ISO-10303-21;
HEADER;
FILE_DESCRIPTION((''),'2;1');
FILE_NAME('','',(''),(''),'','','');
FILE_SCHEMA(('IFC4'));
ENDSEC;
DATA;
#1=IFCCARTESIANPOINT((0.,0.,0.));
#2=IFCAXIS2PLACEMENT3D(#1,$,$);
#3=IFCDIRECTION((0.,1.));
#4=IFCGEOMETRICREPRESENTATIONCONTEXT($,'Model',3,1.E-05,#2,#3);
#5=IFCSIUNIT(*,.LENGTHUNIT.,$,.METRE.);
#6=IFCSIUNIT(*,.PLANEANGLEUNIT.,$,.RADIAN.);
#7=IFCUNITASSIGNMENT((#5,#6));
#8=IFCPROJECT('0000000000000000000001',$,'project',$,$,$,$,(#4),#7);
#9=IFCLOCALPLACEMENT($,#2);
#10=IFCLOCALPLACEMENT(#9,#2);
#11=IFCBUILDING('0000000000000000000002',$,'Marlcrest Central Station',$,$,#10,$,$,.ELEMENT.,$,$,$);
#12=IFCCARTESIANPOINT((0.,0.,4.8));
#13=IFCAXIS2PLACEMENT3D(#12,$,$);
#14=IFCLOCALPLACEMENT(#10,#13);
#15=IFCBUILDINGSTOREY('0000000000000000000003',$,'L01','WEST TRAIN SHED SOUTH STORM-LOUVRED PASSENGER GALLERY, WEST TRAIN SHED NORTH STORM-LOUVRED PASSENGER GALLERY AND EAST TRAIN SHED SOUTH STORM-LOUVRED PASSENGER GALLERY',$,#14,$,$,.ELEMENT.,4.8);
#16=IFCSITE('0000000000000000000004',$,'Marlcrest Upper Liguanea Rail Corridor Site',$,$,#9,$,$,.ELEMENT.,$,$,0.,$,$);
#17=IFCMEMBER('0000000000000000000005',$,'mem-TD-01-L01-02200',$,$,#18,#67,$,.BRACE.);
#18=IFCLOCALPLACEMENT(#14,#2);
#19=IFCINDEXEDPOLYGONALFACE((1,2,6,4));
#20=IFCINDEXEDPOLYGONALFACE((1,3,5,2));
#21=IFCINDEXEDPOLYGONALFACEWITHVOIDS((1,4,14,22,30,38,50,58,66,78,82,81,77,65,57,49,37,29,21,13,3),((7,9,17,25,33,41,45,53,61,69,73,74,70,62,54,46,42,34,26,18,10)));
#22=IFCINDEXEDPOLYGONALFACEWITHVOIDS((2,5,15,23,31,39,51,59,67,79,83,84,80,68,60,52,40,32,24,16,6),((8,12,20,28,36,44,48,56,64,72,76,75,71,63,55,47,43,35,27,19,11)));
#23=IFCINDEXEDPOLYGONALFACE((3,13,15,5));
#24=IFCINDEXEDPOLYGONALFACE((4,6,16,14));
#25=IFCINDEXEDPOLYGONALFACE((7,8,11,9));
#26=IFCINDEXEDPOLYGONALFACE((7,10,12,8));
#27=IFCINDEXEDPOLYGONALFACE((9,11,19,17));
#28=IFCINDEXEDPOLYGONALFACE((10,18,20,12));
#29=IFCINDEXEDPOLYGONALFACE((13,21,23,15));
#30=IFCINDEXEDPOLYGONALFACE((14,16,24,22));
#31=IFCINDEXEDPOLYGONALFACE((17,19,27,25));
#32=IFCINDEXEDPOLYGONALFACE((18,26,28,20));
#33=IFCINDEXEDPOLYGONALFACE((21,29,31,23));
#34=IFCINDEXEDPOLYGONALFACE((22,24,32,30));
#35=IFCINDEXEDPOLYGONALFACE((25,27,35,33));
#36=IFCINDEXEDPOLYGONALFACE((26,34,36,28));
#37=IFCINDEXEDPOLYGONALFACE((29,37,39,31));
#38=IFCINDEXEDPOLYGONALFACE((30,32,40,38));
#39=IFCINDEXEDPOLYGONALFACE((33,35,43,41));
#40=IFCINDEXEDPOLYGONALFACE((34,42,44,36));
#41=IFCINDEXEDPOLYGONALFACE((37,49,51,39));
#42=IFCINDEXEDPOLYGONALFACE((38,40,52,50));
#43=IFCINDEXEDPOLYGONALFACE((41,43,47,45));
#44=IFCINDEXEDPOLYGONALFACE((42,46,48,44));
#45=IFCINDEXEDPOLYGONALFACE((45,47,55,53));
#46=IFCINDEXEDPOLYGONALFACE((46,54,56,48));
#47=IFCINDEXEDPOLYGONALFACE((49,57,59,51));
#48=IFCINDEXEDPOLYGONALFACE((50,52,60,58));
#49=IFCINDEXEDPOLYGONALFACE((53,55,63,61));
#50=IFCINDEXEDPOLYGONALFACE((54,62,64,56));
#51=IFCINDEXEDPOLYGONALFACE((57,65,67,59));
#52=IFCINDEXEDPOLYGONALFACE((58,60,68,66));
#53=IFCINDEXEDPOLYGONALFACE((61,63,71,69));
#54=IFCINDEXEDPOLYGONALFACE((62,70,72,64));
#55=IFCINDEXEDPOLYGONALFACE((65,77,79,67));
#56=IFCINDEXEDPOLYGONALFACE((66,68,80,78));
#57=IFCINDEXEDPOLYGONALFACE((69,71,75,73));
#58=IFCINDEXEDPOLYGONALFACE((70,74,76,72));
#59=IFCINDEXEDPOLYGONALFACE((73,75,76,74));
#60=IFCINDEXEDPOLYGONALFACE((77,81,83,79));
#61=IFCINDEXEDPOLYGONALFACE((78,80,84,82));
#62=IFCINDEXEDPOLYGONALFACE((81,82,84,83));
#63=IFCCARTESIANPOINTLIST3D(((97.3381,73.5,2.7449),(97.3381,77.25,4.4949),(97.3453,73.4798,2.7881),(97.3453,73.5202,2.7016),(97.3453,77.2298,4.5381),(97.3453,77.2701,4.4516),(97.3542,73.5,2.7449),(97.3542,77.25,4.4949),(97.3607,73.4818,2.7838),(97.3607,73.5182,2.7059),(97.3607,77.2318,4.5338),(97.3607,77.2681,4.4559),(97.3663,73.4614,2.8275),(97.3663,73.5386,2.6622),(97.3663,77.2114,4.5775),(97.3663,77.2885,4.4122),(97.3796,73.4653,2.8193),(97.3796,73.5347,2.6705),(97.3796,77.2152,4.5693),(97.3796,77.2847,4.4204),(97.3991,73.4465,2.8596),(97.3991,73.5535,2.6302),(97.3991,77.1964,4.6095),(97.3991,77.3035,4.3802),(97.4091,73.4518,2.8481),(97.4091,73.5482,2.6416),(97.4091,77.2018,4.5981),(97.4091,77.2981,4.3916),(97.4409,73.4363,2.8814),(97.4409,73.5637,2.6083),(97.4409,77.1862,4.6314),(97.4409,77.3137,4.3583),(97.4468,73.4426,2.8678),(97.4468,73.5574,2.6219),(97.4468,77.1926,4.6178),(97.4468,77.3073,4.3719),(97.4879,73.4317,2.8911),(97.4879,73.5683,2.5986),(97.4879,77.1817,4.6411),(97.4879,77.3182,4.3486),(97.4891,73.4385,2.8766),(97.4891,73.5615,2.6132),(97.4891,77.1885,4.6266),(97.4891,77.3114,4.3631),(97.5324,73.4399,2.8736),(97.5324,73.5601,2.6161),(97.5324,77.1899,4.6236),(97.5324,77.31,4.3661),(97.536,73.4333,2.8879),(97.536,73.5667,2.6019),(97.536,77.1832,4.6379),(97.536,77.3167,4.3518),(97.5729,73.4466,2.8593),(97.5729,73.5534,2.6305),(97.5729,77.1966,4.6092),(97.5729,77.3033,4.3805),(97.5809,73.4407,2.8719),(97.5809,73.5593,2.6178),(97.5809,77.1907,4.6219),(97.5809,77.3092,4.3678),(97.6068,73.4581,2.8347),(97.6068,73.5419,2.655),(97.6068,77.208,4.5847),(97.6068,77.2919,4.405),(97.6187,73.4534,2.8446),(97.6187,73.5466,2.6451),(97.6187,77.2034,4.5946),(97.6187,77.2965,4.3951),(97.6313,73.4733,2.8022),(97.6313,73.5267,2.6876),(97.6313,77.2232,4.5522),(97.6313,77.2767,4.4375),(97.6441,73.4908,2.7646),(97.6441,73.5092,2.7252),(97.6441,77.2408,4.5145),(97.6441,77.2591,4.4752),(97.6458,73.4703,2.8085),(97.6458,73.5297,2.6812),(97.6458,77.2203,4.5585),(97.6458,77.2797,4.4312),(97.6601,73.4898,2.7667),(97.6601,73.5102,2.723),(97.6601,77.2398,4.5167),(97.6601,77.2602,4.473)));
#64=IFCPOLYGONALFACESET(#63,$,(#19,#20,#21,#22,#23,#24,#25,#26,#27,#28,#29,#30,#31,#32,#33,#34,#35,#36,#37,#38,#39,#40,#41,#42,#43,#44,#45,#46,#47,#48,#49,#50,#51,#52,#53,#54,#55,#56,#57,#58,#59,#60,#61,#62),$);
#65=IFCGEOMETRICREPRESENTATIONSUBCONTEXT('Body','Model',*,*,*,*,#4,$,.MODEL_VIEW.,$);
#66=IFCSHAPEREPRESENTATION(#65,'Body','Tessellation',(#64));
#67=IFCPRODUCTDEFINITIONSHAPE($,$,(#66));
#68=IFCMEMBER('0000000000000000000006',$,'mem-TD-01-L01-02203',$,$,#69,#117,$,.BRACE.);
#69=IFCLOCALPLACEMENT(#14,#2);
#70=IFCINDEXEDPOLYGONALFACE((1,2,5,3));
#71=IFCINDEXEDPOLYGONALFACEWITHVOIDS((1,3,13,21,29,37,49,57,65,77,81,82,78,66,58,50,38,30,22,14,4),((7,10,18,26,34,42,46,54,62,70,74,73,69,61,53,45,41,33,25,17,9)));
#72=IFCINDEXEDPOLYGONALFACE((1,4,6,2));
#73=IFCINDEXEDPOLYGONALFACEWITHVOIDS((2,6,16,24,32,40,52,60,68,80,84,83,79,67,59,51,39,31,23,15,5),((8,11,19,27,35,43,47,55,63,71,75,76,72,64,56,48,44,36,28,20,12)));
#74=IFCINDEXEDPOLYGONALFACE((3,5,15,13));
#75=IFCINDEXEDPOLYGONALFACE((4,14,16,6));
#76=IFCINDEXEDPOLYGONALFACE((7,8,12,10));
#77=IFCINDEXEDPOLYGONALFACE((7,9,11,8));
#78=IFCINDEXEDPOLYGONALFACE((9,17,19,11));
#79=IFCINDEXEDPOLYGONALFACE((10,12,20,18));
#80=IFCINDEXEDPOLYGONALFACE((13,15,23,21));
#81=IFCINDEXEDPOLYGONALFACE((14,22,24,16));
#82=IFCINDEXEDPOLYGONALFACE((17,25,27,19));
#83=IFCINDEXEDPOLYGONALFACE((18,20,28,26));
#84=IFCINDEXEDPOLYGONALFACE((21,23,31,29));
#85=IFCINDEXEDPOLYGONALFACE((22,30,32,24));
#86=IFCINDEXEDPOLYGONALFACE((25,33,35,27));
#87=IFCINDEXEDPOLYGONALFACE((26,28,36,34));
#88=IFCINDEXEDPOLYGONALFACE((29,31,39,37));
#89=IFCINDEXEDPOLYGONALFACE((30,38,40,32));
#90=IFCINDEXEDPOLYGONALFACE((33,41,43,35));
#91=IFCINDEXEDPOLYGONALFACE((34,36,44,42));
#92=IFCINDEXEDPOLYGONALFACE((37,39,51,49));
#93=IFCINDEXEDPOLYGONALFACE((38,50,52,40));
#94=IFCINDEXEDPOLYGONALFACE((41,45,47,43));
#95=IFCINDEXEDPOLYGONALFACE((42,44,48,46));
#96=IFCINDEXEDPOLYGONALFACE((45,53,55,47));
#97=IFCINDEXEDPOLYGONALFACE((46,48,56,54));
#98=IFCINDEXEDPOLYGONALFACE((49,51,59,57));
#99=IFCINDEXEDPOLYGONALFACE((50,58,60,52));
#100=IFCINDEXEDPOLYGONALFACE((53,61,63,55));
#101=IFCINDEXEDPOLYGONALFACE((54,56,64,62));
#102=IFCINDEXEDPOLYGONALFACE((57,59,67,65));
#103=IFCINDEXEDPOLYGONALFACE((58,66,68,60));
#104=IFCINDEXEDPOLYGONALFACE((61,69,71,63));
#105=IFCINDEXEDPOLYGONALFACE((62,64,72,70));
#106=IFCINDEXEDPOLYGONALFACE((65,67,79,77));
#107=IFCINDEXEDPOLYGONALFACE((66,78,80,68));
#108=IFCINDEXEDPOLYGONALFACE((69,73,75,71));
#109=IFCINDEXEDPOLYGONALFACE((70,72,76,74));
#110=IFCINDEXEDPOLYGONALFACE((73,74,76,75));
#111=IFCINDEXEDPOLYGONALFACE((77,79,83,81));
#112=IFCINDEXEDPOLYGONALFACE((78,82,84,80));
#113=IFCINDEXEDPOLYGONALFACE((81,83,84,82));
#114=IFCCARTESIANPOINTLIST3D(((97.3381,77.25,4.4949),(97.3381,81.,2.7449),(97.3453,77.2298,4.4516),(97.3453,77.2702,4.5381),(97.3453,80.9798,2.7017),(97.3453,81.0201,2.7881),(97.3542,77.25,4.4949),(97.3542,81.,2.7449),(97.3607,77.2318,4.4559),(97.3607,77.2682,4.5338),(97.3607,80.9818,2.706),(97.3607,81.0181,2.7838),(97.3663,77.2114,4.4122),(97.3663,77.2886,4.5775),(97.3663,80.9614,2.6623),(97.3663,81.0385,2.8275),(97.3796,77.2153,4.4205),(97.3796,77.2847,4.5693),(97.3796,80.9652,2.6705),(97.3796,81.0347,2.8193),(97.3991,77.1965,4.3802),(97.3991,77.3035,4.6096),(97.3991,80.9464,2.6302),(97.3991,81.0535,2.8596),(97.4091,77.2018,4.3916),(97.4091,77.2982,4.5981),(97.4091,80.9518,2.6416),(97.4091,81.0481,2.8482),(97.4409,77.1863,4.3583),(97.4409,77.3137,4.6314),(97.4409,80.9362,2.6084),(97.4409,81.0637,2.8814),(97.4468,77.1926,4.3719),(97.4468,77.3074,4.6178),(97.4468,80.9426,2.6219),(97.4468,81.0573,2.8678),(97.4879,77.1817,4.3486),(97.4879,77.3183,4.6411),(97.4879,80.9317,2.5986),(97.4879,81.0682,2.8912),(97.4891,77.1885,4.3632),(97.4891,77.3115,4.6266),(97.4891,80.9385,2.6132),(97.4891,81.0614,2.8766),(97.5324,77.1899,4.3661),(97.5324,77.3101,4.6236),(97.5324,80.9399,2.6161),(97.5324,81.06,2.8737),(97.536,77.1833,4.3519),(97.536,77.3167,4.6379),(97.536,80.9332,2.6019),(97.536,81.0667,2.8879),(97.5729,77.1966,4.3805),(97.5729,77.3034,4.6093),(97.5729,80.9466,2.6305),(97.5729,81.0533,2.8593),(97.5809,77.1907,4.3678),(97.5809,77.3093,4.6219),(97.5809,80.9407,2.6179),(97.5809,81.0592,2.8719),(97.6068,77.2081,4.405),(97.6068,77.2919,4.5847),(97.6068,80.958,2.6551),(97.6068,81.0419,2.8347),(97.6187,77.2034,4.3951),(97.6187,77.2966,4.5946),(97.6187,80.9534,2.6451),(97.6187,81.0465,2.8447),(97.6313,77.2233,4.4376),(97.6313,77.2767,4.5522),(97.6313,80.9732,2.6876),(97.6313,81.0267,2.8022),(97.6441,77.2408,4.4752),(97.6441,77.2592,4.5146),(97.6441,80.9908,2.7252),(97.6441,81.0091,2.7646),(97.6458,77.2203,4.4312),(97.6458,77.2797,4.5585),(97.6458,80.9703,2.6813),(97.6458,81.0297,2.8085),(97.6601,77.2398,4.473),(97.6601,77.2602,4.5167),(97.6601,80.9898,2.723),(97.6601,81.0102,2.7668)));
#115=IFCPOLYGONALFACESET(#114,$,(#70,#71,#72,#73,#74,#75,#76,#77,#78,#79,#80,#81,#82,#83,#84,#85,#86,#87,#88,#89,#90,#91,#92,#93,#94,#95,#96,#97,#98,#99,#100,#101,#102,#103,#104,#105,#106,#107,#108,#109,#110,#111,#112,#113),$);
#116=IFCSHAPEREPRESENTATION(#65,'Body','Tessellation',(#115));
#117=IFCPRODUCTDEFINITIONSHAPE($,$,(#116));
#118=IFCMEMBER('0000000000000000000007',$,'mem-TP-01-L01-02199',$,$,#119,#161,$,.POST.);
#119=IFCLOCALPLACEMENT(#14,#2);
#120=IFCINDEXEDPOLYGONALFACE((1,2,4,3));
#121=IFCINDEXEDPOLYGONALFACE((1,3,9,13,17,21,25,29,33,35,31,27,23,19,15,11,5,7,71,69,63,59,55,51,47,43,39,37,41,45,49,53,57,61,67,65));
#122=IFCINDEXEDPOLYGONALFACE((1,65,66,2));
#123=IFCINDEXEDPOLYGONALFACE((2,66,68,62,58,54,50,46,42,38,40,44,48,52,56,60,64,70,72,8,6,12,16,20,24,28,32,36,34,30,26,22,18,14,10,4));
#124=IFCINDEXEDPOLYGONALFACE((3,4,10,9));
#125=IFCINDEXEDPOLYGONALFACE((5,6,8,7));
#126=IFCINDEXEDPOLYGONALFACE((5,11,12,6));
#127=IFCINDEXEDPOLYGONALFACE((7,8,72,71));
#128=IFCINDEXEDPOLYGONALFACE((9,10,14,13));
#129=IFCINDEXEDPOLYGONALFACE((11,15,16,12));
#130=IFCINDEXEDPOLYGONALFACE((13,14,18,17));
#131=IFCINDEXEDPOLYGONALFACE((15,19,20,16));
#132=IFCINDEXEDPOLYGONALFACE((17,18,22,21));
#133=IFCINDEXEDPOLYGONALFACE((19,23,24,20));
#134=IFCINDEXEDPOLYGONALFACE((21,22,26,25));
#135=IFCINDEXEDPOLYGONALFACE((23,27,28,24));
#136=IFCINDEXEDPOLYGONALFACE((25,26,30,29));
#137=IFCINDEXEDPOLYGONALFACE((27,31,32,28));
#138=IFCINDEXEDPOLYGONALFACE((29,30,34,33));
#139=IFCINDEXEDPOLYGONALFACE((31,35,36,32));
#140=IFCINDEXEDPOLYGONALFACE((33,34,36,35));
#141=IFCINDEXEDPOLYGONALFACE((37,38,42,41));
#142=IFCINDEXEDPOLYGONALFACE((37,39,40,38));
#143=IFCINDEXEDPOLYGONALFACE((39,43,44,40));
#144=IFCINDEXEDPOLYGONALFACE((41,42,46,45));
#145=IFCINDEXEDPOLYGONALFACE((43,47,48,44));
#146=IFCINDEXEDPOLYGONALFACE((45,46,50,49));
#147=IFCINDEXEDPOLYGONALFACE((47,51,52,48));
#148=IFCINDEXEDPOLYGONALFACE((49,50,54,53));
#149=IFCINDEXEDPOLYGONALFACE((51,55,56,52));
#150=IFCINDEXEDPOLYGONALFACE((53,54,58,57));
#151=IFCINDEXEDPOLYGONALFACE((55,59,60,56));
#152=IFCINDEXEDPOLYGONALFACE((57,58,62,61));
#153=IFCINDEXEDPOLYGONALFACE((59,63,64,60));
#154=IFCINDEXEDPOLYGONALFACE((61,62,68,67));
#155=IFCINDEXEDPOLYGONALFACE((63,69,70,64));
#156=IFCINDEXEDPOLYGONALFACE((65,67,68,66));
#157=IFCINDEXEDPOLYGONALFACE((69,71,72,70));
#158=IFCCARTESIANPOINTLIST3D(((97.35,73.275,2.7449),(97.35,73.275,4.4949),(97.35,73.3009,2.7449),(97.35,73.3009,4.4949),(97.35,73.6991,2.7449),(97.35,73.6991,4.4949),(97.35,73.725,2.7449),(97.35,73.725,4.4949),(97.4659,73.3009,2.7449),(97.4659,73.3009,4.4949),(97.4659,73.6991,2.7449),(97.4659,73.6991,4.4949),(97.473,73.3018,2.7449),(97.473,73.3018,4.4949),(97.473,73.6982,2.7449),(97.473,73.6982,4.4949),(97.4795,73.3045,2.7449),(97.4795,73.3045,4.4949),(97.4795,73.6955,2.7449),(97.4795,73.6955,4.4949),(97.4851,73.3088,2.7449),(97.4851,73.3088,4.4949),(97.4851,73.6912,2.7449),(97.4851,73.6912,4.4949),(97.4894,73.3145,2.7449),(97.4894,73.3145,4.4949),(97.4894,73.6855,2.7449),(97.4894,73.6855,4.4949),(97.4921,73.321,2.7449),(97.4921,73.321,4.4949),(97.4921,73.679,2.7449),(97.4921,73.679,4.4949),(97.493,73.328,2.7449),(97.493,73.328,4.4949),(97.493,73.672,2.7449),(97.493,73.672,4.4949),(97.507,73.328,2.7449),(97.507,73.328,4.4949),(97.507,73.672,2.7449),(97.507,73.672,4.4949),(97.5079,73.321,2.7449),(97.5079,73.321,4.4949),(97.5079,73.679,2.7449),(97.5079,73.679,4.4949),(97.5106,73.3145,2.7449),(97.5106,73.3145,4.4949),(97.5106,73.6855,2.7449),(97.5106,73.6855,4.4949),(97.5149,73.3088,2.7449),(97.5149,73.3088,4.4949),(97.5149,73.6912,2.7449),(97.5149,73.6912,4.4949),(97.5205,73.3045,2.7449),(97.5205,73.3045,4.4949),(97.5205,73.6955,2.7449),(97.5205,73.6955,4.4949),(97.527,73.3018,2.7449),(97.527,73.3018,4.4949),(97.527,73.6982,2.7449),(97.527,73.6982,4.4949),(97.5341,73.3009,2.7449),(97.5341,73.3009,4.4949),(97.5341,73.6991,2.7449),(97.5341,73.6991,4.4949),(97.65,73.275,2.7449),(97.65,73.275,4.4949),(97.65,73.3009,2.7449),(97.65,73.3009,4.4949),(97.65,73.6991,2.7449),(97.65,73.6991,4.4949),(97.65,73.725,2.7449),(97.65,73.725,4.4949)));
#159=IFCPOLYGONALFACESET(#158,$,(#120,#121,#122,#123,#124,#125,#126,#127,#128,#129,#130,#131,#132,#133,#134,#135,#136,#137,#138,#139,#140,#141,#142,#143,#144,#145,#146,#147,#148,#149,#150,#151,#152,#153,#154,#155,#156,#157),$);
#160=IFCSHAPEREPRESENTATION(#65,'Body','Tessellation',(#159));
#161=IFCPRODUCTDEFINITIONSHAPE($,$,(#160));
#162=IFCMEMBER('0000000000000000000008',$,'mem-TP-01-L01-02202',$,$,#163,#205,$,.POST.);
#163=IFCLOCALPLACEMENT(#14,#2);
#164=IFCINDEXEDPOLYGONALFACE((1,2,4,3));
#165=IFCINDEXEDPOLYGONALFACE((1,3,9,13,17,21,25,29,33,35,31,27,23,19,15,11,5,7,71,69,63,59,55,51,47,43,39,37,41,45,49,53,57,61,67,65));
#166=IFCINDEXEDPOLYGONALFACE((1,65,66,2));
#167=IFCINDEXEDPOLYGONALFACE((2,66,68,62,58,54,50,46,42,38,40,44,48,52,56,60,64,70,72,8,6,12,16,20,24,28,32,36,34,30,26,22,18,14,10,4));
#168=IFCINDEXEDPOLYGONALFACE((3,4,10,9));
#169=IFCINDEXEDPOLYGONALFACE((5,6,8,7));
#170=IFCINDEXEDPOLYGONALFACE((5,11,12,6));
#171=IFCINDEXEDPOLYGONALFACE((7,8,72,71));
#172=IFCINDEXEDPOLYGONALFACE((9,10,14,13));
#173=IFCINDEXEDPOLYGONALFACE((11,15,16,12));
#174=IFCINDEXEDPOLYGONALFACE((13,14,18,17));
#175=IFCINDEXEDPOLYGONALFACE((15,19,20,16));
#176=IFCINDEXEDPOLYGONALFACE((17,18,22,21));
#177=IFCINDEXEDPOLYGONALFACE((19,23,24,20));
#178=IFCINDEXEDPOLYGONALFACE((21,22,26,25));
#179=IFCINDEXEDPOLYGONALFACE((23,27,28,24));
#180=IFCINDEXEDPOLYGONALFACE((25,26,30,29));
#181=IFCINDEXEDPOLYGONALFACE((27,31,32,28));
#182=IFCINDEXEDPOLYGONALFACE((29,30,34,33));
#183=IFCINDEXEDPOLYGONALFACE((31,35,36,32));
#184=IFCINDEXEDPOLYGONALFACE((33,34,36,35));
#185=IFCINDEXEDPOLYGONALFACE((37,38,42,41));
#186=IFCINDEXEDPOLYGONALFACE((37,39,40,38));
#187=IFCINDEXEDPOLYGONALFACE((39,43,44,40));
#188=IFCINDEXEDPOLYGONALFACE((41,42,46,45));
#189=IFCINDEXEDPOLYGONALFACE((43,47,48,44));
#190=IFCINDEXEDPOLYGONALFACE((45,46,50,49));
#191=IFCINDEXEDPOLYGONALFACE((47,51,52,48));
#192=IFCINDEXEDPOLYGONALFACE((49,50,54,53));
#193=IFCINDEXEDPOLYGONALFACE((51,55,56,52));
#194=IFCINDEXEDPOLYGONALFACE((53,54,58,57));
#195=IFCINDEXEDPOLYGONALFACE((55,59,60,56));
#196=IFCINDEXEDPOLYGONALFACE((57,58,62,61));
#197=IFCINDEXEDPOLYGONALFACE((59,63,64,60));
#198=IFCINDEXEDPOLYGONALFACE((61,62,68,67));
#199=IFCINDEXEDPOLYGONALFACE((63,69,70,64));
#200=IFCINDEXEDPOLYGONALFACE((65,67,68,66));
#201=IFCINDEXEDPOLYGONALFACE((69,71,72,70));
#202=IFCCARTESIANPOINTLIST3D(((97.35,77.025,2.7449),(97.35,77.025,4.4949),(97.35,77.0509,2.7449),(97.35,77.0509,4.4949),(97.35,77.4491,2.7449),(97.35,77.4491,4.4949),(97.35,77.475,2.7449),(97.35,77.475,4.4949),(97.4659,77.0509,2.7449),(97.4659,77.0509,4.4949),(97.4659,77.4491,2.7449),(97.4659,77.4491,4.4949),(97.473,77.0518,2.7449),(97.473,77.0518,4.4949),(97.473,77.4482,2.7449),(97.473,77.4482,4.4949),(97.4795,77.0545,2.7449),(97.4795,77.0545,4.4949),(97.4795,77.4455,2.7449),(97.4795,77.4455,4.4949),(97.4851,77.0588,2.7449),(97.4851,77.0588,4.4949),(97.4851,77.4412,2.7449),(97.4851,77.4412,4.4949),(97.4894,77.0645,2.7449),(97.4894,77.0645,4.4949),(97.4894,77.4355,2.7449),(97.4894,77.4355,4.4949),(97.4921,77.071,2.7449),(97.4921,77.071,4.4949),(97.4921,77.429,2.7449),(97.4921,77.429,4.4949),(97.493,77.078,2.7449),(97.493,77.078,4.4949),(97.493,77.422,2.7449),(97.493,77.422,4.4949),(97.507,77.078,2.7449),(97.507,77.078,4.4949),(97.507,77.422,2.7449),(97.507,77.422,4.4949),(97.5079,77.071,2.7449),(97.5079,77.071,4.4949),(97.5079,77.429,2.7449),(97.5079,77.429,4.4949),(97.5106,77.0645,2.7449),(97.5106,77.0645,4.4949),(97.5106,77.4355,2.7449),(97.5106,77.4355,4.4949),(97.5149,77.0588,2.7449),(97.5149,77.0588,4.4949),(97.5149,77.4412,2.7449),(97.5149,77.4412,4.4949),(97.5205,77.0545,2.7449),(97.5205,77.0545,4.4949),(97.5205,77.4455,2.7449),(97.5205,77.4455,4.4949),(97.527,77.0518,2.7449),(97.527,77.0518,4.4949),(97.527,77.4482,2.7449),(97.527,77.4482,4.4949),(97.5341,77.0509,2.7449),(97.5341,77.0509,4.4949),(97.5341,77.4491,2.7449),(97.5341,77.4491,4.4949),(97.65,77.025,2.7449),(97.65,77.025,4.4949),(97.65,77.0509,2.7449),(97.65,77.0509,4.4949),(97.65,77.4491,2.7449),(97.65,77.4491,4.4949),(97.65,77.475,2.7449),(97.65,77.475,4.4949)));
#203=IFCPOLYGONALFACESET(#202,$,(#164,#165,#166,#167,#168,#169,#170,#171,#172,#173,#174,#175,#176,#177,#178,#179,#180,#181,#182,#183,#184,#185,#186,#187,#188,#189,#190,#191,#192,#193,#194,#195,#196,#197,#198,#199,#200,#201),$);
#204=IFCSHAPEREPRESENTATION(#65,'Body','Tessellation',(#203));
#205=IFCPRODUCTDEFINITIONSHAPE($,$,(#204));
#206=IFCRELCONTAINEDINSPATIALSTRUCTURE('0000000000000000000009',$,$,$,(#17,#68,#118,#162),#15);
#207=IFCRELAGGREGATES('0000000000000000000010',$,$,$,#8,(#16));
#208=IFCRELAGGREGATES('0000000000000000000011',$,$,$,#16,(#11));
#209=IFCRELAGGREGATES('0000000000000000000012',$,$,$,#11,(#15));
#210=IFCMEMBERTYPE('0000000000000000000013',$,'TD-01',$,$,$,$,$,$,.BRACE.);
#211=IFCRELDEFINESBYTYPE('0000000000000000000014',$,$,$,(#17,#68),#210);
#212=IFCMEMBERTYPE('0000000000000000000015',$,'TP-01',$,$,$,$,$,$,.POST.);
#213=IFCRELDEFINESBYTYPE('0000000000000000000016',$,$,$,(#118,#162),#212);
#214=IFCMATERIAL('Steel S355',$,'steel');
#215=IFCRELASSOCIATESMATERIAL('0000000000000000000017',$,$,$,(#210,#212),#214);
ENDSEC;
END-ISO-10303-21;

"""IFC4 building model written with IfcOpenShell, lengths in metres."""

from ifc_helpers import new_model, si_unit, direction, frame, origin, origin_2d, place, context, subcontext, project, spatial, hollow_circle, i_section, extrude, material, material_profile, profile_set, type_object, element, save


model = new_model("IFC4")

# Units and contexts
model_context = context("Model", 3, precision=1e-05, world=origin(), true_north=direction((0.0, 1.0)))
body_context = subcontext(model_context, "Body", "Model", "MODEL_VIEW")
ifc_project = project(units=[si_unit("LENGTHUNIT", "METRE"), si_unit("PLANEANGLEUNIT", "RADIAN")], contexts=[model_context])

# Site, building, storey
site_placement = place(None, origin())
site = spatial("IfcSite", under=ifc_project, at=site_placement, Name="Marlcrest Upper Liguanea Rail Corridor Site", CompositionType="ELEMENT", RefElevation=0.0)
building_placement = place(site_placement, origin())
building = spatial("IfcBuilding", under=site, at=building_placement, Name="Marlcrest Central Station", CompositionType="ELEMENT")
storey_placement = place(building_placement, frame((0.0, 0.0, 4.8)))
storey = spatial("IfcBuildingStorey", under=building, at=storey_placement, Name="L01", Description="WEST TRAIN SHED SOUTH STORM-LOUVRED PASSENGER GALLERY, WEST TRAIN SHED NORTH STORM-LOUVRED PASSENGER GALLERY AND EAST TRAIN SHED SOUTH STORM-LOUVRED PASSENGER GALLERY", CompositionType="ELEMENT", Elevation=4.8)

# Shared definitions
ifc_material = material(Name="Steel S355", Category="steel")

# Members
ifc_material_profile_1 = material_profile(ifc_material, hollow_circle(Radius=0.1619, WallThickness=0.0161, at=origin_2d()), Name="CHS 323.9x16")
ifc_profile_set_1 = profile_set([ifc_material_profile_1], Name="Steel S355")
member_type_1 = type_object("IfcMemberType", Name="TD-01", PredefinedType="BRACE", material=ifc_profile_set_1)
for number, where, z_axis, x_axis, name in (
    (1, (97.5, 73.5, 2.7449), (0.0, 0.906183, 0.422885), (-1.0, 0.0, 0.0), "mem-TD-01-L01-02200"),
    (2, (97.5, 77.25, 4.4949), (0.0, 0.906183, -0.422885), (-1.0, 0.0, 0.0), "mem-TD-01-L01-02203"),
):
    element("IfcMember", number, at=place(storey_placement, frame(where, z_axis=z_axis, x_axis=x_axis)), inside=storey, type_object=member_type_1, Name=name, PredefinedType="BRACE", context=body_context, shape_type="SweptSolid", body=[
        extrude(hollow_circle(Radius=0.1619, WallThickness=0.0161, at=origin_2d()), origin(), (0.0, 0.0, 1.0), 4.1382),
    ])
ifc_material_profile_2 = material_profile(ifc_material, i_section(OverallWidth=0.3, OverallDepth=0.45, WebThickness=0.0139, FlangeThickness=0.0259, FilletRadius=0.0271, at=origin_2d()), Name="HEB 450")
ifc_profile_set_2 = profile_set([ifc_material_profile_2], Name="Steel S355")
member_type_2 = type_object("IfcMemberType", Name="TP-01", PredefinedType="POST", material=ifc_profile_set_2)
for number, where, z_axis, x_axis, name in (
    (3, (97.5, 73.5, 2.7449), (0.0, 0.0, 1.0), (1.0, 0.0, 0.0), "mem-TP-01-L01-02199"),
    (4, (97.5, 77.25, 2.7449), (0.0, 0.0, 1.0), (1.0, 0.0, 0.0), "mem-TP-01-L01-02202"),
):
    element("IfcMember", number, at=place(storey_placement, frame(where, z_axis=z_axis, x_axis=x_axis)), inside=storey, type_object=member_type_2, Name=name, PredefinedType="POST", context=body_context, shape_type="SweptSolid", body=[
        extrude(i_section(OverallWidth=0.3, OverallDepth=0.45, WebThickness=0.0139, FlangeThickness=0.0259, FilletRadius=0.0271, at=origin_2d()), origin(), (0.0, 0.0, 1.0), 1.75),
    ])

save(model, "model.ifc")
